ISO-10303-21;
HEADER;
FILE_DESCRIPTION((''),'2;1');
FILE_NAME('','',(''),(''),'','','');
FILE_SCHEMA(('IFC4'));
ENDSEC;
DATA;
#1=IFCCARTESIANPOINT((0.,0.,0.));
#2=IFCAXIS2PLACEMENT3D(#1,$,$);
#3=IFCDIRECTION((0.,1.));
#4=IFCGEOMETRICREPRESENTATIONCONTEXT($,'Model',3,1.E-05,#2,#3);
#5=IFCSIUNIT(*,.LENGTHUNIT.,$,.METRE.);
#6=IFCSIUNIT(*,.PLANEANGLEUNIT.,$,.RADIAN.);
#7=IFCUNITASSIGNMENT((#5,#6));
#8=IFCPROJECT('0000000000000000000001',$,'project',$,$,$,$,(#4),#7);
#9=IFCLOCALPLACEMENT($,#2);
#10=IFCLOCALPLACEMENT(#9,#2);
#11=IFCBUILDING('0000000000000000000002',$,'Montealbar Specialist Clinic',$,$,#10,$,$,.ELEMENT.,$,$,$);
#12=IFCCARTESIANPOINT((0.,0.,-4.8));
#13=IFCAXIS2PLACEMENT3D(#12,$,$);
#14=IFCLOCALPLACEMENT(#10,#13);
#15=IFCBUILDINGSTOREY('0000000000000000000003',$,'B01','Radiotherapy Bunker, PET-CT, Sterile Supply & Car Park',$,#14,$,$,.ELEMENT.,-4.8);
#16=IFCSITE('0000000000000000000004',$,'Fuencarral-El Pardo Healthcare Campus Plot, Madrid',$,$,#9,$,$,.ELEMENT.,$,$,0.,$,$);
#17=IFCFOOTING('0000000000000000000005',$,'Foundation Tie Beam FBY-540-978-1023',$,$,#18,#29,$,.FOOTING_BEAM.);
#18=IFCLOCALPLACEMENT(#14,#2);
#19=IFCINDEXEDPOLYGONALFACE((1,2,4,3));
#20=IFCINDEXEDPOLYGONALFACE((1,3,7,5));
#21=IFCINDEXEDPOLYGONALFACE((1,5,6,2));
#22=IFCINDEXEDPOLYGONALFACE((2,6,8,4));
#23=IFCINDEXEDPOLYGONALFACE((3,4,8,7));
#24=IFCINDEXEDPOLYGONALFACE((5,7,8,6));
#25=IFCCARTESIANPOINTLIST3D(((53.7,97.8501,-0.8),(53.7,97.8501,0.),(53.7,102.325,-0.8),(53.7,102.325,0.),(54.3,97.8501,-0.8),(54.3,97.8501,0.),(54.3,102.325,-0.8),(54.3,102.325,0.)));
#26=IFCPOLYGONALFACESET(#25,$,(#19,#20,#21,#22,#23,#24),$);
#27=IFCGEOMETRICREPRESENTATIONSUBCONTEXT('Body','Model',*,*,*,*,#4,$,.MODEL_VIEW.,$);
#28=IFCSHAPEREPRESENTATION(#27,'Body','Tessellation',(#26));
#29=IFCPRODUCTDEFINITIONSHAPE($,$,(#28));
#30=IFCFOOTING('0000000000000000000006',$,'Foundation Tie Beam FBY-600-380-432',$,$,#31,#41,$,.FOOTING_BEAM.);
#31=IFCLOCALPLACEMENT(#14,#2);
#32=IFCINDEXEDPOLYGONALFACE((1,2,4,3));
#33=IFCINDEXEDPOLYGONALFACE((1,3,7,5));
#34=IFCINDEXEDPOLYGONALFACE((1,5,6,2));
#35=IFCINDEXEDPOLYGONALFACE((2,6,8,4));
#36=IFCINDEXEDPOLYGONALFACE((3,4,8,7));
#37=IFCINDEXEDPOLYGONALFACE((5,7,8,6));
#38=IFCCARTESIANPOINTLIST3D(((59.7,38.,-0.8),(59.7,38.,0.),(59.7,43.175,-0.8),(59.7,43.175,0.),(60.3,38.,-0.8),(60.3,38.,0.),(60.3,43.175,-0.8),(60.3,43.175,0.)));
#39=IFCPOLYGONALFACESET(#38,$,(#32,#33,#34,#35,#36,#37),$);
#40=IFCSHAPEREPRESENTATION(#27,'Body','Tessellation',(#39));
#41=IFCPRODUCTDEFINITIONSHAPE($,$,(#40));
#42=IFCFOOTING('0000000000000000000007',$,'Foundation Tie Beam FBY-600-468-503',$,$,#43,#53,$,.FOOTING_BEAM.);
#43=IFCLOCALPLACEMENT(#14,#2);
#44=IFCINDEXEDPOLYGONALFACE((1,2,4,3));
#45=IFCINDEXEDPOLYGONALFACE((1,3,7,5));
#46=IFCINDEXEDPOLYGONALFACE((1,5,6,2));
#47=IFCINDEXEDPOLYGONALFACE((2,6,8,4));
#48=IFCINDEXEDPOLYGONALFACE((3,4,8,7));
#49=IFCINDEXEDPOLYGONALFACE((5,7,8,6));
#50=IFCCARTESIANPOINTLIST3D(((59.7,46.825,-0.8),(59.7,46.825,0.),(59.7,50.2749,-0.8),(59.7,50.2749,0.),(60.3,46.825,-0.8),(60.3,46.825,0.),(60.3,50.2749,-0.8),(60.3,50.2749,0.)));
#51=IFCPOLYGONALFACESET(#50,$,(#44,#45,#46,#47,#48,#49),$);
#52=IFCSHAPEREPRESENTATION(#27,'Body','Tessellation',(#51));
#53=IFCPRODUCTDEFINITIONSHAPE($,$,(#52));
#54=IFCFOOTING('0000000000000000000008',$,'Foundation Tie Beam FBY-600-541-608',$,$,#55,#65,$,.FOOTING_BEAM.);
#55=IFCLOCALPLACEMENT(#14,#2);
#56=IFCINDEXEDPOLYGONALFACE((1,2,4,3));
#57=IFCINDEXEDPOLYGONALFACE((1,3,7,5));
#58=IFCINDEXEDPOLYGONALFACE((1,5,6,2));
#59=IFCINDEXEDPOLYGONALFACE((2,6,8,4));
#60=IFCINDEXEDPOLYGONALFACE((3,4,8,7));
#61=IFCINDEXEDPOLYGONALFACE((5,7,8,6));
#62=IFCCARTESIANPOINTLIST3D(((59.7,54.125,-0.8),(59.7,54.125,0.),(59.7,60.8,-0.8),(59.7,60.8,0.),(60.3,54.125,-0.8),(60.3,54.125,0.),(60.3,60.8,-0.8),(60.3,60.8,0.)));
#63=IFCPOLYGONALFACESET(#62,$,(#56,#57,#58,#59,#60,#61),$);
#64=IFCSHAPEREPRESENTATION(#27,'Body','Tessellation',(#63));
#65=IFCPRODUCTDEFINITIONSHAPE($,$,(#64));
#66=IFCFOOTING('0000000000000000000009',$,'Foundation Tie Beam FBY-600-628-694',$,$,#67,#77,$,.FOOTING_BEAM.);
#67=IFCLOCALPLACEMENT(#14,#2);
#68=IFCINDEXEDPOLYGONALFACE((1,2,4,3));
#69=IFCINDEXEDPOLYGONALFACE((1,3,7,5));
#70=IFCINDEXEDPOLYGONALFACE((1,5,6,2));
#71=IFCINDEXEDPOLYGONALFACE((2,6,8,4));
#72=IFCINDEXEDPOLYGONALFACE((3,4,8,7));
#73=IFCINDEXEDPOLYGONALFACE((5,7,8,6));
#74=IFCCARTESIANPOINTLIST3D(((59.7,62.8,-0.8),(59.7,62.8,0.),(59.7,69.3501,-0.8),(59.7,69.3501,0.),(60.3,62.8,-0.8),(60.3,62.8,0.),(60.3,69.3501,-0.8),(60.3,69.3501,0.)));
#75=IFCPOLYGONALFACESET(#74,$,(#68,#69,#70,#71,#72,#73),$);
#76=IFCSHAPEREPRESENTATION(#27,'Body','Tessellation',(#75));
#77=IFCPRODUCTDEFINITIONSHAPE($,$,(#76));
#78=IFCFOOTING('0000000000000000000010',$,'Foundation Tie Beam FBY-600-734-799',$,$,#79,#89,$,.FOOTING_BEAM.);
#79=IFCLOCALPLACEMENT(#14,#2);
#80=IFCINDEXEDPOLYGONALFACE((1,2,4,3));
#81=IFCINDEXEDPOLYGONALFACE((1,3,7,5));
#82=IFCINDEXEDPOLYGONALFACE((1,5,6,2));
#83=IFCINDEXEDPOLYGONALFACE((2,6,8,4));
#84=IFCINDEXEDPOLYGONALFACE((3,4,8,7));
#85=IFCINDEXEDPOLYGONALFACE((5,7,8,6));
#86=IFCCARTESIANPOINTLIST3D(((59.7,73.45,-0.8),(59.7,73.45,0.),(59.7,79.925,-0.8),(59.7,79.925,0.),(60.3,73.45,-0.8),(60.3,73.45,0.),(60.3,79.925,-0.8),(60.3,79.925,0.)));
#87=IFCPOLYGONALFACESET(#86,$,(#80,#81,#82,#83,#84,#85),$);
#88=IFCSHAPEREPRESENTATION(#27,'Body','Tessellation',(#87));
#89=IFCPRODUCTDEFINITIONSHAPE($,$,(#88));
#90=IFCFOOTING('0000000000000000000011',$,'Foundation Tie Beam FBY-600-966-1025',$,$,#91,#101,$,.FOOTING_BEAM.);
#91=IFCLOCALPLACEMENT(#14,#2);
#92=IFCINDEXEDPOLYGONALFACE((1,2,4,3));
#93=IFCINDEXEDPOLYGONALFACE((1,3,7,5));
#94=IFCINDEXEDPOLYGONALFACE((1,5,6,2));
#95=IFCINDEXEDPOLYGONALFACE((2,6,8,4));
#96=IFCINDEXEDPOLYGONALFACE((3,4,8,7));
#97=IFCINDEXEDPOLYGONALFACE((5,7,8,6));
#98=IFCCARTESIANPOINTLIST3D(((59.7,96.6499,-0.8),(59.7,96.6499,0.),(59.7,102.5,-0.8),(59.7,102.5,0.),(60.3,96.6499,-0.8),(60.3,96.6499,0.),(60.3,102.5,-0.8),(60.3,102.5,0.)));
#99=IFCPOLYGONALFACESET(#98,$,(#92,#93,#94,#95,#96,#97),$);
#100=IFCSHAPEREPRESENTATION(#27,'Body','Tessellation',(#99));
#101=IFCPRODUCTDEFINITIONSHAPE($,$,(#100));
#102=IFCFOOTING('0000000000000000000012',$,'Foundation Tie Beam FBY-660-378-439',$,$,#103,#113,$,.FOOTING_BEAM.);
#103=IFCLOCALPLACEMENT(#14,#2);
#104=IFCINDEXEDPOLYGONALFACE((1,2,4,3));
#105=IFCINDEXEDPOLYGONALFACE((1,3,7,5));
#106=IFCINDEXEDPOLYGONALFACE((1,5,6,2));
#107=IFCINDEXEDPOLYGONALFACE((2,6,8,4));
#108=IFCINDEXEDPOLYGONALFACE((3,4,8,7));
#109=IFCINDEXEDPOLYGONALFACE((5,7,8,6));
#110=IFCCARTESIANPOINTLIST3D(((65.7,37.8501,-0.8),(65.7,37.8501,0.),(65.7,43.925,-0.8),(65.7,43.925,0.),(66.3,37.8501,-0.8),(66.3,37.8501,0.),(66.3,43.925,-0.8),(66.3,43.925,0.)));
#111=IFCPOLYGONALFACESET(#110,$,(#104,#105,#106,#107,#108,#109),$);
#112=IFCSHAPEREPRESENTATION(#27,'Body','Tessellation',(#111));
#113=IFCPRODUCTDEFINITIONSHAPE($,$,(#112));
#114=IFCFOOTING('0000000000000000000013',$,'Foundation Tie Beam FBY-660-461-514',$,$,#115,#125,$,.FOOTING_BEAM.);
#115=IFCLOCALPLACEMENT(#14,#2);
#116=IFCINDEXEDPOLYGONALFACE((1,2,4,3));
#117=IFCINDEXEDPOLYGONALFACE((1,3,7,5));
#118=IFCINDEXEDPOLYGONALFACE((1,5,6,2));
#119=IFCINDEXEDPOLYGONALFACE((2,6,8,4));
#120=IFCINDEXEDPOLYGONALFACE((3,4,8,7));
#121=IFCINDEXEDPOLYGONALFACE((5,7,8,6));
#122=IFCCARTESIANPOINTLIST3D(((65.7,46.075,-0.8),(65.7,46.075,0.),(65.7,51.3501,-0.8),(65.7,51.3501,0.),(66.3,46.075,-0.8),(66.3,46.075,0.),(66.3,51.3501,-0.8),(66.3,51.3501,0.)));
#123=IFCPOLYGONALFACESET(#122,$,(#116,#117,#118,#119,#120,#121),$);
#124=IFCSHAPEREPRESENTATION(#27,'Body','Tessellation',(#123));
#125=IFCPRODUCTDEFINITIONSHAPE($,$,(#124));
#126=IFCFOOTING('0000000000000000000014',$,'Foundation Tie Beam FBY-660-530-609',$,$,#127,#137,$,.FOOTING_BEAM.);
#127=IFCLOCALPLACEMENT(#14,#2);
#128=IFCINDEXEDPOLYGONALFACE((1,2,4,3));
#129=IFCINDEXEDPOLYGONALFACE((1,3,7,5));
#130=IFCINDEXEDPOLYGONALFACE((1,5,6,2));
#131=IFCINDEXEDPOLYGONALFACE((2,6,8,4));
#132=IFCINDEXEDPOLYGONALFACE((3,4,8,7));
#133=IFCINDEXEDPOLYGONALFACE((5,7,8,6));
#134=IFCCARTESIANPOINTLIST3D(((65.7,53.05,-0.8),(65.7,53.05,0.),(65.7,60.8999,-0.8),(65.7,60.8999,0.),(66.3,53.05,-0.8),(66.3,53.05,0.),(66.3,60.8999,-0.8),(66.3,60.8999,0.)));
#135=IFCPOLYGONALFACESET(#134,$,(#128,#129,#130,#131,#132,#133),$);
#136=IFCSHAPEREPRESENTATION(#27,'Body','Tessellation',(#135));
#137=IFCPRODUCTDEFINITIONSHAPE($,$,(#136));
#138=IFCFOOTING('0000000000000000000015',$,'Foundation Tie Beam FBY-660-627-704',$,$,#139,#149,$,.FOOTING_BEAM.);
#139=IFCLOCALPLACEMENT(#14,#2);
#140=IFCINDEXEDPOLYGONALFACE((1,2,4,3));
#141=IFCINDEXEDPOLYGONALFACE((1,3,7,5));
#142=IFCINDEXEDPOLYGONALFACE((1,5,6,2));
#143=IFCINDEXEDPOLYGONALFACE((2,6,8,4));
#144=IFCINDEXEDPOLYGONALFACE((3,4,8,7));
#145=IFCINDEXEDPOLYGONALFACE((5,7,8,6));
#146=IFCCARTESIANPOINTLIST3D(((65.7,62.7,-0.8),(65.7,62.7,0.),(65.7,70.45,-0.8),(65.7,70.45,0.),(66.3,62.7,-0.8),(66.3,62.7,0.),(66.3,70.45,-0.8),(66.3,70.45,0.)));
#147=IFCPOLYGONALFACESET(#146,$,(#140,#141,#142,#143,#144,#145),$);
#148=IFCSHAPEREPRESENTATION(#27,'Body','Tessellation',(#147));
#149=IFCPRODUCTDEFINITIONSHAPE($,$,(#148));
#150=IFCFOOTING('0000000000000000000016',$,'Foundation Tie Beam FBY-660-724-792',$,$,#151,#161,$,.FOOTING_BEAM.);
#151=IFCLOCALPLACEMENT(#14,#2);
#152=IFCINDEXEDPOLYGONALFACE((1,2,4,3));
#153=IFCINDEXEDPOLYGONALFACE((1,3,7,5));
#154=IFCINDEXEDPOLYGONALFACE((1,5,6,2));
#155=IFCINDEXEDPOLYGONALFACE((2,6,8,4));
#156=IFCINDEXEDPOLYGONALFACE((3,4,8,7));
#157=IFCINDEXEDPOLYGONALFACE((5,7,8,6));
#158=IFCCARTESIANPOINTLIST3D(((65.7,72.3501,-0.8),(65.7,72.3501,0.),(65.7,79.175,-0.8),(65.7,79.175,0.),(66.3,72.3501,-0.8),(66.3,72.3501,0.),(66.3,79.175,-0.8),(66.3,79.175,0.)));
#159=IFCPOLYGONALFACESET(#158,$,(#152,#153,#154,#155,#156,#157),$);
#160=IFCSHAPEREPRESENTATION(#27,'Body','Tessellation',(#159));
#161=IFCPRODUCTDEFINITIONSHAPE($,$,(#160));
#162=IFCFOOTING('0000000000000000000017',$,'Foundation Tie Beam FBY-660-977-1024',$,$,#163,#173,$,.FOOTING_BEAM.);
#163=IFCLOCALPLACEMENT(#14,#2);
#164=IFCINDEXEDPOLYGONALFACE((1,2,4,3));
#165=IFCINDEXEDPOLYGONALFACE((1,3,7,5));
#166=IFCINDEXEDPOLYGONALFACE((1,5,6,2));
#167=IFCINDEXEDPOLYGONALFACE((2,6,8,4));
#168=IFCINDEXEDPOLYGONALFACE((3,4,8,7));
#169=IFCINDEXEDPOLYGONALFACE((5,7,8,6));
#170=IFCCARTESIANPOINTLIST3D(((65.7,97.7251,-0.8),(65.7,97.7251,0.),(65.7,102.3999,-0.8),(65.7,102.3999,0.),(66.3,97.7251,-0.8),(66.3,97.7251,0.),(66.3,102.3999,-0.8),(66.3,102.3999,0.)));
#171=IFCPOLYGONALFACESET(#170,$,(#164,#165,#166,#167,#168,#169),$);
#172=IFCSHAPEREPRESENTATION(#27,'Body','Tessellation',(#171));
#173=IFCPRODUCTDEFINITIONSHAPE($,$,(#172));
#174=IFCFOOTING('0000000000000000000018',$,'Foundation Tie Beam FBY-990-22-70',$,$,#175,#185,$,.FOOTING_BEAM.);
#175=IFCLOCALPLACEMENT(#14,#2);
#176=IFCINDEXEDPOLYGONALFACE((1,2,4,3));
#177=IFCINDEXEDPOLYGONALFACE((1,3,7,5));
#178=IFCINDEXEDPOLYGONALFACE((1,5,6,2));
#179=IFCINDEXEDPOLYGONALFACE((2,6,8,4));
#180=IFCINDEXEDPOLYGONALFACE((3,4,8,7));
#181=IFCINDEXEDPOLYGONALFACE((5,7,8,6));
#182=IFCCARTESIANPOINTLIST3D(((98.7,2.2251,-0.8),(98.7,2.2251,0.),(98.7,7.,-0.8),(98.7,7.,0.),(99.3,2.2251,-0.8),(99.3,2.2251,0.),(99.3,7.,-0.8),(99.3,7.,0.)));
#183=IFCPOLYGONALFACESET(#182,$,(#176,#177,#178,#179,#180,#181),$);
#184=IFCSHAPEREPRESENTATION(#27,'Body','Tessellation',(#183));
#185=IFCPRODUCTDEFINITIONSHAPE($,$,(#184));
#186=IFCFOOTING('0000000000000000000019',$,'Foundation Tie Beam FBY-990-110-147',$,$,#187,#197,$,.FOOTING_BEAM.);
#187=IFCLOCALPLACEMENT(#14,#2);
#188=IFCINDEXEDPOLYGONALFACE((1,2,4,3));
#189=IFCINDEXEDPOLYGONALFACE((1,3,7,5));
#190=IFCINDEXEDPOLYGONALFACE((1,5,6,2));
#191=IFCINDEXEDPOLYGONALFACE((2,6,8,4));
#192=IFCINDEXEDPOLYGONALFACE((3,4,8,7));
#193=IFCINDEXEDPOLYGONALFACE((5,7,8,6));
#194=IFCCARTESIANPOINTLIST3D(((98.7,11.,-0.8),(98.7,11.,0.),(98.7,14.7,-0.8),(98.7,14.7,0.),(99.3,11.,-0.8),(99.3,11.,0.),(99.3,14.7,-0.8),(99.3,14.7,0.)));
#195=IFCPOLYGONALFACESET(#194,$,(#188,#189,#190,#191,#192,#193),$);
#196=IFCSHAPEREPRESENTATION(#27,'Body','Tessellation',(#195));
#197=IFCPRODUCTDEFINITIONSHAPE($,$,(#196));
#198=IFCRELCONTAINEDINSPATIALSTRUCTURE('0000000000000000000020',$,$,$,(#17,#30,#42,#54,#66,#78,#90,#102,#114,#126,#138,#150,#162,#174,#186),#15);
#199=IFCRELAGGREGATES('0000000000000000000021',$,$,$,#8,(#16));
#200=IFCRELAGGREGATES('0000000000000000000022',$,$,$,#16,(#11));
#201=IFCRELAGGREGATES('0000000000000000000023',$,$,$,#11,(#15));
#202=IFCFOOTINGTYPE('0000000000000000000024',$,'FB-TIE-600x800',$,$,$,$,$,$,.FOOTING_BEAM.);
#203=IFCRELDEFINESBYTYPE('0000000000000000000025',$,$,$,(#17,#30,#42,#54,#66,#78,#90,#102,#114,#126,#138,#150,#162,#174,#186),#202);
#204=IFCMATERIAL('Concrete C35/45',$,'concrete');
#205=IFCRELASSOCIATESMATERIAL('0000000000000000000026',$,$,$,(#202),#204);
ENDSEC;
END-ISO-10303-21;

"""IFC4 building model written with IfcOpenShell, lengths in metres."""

from ifc_helpers import new_model, si_unit, direction, frame, origin, place, context, subcontext, project, spatial, polyline, outline, extrude, material, type_object, element, save


model = new_model("IFC4")

# Units and contexts
model_context = context("Model", 3, precision=1e-05, world=origin(), true_north=direction((0.0, 1.0)))
body_context = subcontext(model_context, "Body", "Model", "MODEL_VIEW")
ifc_project = project(units=[si_unit("LENGTHUNIT", "METRE"), si_unit("PLANEANGLEUNIT", "RADIAN")], contexts=[model_context])

# Site, building, storey
site_placement = place(None, origin())
site = spatial("IfcSite", under=ifc_project, at=site_placement, Name="Fuencarral-El Pardo Healthcare Campus Plot, Madrid", CompositionType="ELEMENT", RefElevation=0.0)
building_placement = place(site_placement, origin())
building = spatial("IfcBuilding", under=site, at=building_placement, Name="Montealbar Specialist Clinic", CompositionType="ELEMENT")
storey_placement = place(building_placement, frame((0.0, 0.0, -4.8)))
storey = spatial("IfcBuildingStorey", under=building, at=storey_placement, Name="B01", Description="Radiotherapy Bunker, PET-CT, Sterile Supply & Car Park", CompositionType="ELEMENT", Elevation=-4.8)

# Footings
ifc_material = material(Name="Concrete C35/45", Category="concrete")
footing_type = type_object("IfcFootingType", Name="FB-TIE-600x800", PredefinedType="FOOTING_BEAM", material=ifc_material)
footing_1_placement = place(storey_placement, frame((0.0, 0.0, -0.8)))
element("IfcFooting", 1, at=footing_1_placement, inside=storey, type_object=footing_type, Name="Foundation Tie Beam FBY-540-978-1023", PredefinedType="FOOTING_BEAM", context=body_context, shape_type="SweptSolid", body=[
    extrude(outline(polyline([(53.7, 97.8501), (54.3, 97.8501), (54.3, 102.325), (53.7, 102.325), (53.7, 97.8501)])), origin(), (0.0, 0.0, 1.0), 0.8),
])
footing_2_placement = place(storey_placement, frame((0.0, 0.0, -0.8)))
element("IfcFooting", 2, at=footing_2_placement, inside=storey, type_object=footing_type, Name="Foundation Tie Beam FBY-600-380-432", PredefinedType="FOOTING_BEAM", context=body_context, shape_type="SweptSolid", body=[
    extrude(outline(polyline([(59.7, 38.0), (60.3, 38.0), (60.3, 43.175), (59.7, 43.175), (59.7, 38.0)])), origin(), (0.0, 0.0, 1.0), 0.8),
])
footing_3_placement = place(storey_placement, frame((0.0, 0.0, -0.8)))
element("IfcFooting", 3, at=footing_3_placement, inside=storey, type_object=footing_type, Name="Foundation Tie Beam FBY-600-468-503", PredefinedType="FOOTING_BEAM", context=body_context, shape_type="SweptSolid", body=[
    extrude(outline(polyline([(59.7, 46.825), (60.3, 46.825), (60.3, 50.2749), (59.7, 50.2749), (59.7, 46.825)])), origin(), (0.0, 0.0, 1.0), 0.8),
])
footing_4_placement = place(storey_placement, frame((0.0, 0.0, -0.8)))
element("IfcFooting", 4, at=footing_4_placement, inside=storey, type_object=footing_type, Name="Foundation Tie Beam FBY-600-541-608", PredefinedType="FOOTING_BEAM", context=body_context, shape_type="SweptSolid", body=[
    extrude(outline(polyline([(59.7, 54.125), (60.3, 54.125), (60.3, 60.8), (59.7, 60.8), (59.7, 54.125)])), origin(), (0.0, 0.0, 1.0), 0.8),
])
footing_5_placement = place(storey_placement, frame((0.0, 0.0, -0.8)))
element("IfcFooting", 5, at=footing_5_placement, inside=storey, type_object=footing_type, Name="Foundation Tie Beam FBY-600-628-694", PredefinedType="FOOTING_BEAM", context=body_context, shape_type="SweptSolid", body=[
    extrude(outline(polyline([(59.7, 62.8), (60.3, 62.8), (60.3, 69.3501), (59.7, 69.3501), (59.7, 62.8)])), origin(), (0.0, 0.0, 1.0), 0.8),
])
footing_6_placement = place(storey_placement, frame((0.0, 0.0, -0.8)))
element("IfcFooting", 6, at=footing_6_placement, inside=storey, type_object=footing_type, Name="Foundation Tie Beam FBY-600-734-799", PredefinedType="FOOTING_BEAM", context=body_context, shape_type="SweptSolid", body=[
    extrude(outline(polyline([(59.7, 73.45), (60.3, 73.45), (60.3, 79.925), (59.7, 79.925), (59.7, 73.45)])), origin(), (0.0, 0.0, 1.0), 0.8),
])
footing_7_placement = place(storey_placement, frame((0.0, 0.0, -0.8)))
element("IfcFooting", 7, at=footing_7_placement, inside=storey, type_object=footing_type, Name="Foundation Tie Beam FBY-600-966-1025", PredefinedType="FOOTING_BEAM", context=body_context, shape_type="SweptSolid", body=[
    extrude(outline(polyline([(59.7, 96.6499), (60.3, 96.6499), (60.3, 102.5), (59.7, 102.5), (59.7, 96.6499)])), origin(), (0.0, 0.0, 1.0), 0.8),
])
footing_8_placement = place(storey_placement, frame((0.0, 0.0, -0.8)))
element("IfcFooting", 8, at=footing_8_placement, inside=storey, type_object=footing_type, Name="Foundation Tie Beam FBY-660-378-439", PredefinedType="FOOTING_BEAM", context=body_context, shape_type="SweptSolid", body=[
    extrude(outline(polyline([(65.7, 37.8501), (66.3, 37.8501), (66.3, 43.925), (65.7, 43.925), (65.7, 37.8501)])), origin(), (0.0, 0.0, 1.0), 0.8),
])
footing_9_placement = place(storey_placement, frame((0.0, 0.0, -0.8)))
element("IfcFooting", 9, at=footing_9_placement, inside=storey, type_object=footing_type, Name="Foundation Tie Beam FBY-660-461-514", PredefinedType="FOOTING_BEAM", context=body_context, shape_type="SweptSolid", body=[
    extrude(outline(polyline([(65.7, 46.075), (66.3, 46.075), (66.3, 51.3501), (65.7, 51.3501), (65.7, 46.075)])), origin(), (0.0, 0.0, 1.0), 0.8),
])
footing_10_placement = place(storey_placement, frame((0.0, 0.0, -0.8)))
element("IfcFooting", 10, at=footing_10_placement, inside=storey, type_object=footing_type, Name="Foundation Tie Beam FBY-660-530-609", PredefinedType="FOOTING_BEAM", context=body_context, shape_type="SweptSolid", body=[
    extrude(outline(polyline([(65.7, 53.05), (66.3, 53.05), (66.3, 60.8999), (65.7, 60.8999), (65.7, 53.05)])), origin(), (0.0, 0.0, 1.0), 0.8),
])
footing_11_placement = place(storey_placement, frame((0.0, 0.0, -0.8)))
element("IfcFooting", 11, at=footing_11_placement, inside=storey, type_object=footing_type, Name="Foundation Tie Beam FBY-660-627-704", PredefinedType="FOOTING_BEAM", context=body_context, shape_type="SweptSolid", body=[
    extrude(outline(polyline([(65.7, 62.7), (66.3, 62.7), (66.3, 70.45), (65.7, 70.45), (65.7, 62.7)])), origin(), (0.0, 0.0, 1.0), 0.8),
])
footing_12_placement = place(storey_placement, frame((0.0, 0.0, -0.8)))
element("IfcFooting", 12, at=footing_12_placement, inside=storey, type_object=footing_type, Name="Foundation Tie Beam FBY-660-724-792", PredefinedType="FOOTING_BEAM", context=body_context, shape_type="SweptSolid", body=[
    extrude(outline(polyline([(65.7, 72.3501), (66.3, 72.3501), (66.3, 79.175), (65.7, 79.175), (65.7, 72.3501)])), origin(), (0.0, 0.0, 1.0), 0.8),
])
footing_13_placement = place(storey_placement, frame((0.0, 0.0, -0.8)))
element("IfcFooting", 13, at=footing_13_placement, inside=storey, type_object=footing_type, Name="Foundation Tie Beam FBY-660-977-1024", PredefinedType="FOOTING_BEAM", context=body_context, shape_type="SweptSolid", body=[
    extrude(outline(polyline([(65.7, 97.7251), (66.3, 97.7251), (66.3, 102.3999), (65.7, 102.3999), (65.7, 97.7251)])), origin(), (0.0, 0.0, 1.0), 0.8),
])
footing_14_placement = place(storey_placement, frame((0.0, 0.0, -0.8)))
element("IfcFooting", 14, at=footing_14_placement, inside=storey, type_object=footing_type, Name="Foundation Tie Beam FBY-990-22-70", PredefinedType="FOOTING_BEAM", context=body_context, shape_type="SweptSolid", body=[
    extrude(outline(polyline([(98.7, 2.2251), (99.3, 2.2251), (99.3, 7.0), (98.7, 7.0), (98.7, 2.2251)])), origin(), (0.0, 0.0, 1.0), 0.8),
])
footing_15_placement = place(storey_placement, frame((0.0, 0.0, -0.8)))
element("IfcFooting", 15, at=footing_15_placement, inside=storey, type_object=footing_type, Name="Foundation Tie Beam FBY-990-110-147", PredefinedType="FOOTING_BEAM", context=body_context, shape_type="SweptSolid", body=[
    extrude(outline(polyline([(98.7, 11.0), (99.3, 11.0), (99.3, 14.7), (98.7, 14.7), (98.7, 11.0)])), origin(), (0.0, 0.0, 1.0), 0.8),
])

save(model, "model.ifc")
